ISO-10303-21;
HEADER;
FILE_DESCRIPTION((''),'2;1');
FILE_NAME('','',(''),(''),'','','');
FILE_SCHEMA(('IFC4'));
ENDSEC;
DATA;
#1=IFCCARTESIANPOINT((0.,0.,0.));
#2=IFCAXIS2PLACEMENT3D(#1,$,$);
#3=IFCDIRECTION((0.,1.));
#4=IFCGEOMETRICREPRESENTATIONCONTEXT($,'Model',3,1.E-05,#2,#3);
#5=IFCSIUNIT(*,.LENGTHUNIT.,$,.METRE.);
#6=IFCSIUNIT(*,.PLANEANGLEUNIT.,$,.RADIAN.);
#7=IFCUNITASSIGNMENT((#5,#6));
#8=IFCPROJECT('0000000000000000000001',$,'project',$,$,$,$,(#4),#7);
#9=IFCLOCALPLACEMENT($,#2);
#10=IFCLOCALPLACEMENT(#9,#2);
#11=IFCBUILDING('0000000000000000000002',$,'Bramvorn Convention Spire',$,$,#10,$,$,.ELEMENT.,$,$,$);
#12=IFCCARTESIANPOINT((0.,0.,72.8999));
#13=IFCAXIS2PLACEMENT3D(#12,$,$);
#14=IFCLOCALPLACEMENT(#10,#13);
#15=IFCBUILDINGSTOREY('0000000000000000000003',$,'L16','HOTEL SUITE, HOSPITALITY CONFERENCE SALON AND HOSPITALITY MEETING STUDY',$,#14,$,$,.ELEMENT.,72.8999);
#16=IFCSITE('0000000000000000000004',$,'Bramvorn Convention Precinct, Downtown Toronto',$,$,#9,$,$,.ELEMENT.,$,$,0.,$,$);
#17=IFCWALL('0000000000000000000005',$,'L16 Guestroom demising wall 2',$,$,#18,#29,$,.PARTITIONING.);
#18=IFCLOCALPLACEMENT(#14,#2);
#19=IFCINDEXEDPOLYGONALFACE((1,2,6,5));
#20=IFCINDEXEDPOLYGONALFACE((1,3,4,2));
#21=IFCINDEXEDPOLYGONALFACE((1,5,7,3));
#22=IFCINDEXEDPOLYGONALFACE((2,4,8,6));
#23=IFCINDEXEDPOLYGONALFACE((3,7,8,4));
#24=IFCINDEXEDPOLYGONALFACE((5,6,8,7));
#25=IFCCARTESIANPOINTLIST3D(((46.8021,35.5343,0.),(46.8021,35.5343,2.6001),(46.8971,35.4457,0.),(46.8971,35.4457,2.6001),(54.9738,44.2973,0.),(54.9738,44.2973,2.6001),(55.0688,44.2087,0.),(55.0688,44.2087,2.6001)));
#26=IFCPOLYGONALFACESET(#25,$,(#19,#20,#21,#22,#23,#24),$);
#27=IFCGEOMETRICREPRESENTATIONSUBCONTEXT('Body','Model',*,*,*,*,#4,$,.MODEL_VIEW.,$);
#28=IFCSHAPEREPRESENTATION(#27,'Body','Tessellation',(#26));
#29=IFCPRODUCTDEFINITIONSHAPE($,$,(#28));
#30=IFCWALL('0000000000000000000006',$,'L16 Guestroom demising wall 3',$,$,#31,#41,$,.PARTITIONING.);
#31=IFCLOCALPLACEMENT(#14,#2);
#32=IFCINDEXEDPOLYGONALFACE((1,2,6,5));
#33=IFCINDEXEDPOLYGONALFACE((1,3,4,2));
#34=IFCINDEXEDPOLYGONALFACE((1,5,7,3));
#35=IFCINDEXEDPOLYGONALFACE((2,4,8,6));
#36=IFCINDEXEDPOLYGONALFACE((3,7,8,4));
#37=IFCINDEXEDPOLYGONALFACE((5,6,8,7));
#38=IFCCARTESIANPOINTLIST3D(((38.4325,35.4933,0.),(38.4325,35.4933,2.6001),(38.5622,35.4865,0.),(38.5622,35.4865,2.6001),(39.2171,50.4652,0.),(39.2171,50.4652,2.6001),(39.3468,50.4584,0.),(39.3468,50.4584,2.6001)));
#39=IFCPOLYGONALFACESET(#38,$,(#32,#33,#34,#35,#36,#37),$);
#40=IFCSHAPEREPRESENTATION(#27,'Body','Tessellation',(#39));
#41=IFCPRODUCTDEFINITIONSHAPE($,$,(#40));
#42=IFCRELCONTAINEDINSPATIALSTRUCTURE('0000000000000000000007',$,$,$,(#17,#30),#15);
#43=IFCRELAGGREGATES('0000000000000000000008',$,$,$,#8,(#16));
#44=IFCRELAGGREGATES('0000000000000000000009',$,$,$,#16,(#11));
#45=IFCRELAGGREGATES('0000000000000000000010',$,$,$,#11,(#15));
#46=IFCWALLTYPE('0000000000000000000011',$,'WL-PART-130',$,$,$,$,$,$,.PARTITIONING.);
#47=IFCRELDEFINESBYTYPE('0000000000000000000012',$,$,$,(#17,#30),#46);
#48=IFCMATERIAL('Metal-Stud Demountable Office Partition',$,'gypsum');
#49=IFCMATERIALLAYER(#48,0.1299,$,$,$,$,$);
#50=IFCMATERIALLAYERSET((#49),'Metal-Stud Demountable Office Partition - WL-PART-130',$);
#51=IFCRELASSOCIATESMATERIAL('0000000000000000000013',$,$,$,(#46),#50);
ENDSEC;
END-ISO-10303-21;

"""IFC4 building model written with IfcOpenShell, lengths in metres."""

from ifc_helpers import new_model, si_unit, direction, frame, frame_2d, origin, place, context, subcontext, project, spatial, rectangle, extrude, material, layer, layer_set, type_object, element, save


model = new_model("IFC4")

# Units and contexts
model_context = context("Model", 3, precision=1e-05, world=origin(), true_north=direction((0.0, 1.0)))
body_context = subcontext(model_context, "Body", "Model", "MODEL_VIEW")
ifc_project = project(units=[si_unit("LENGTHUNIT", "METRE"), si_unit("PLANEANGLEUNIT", "RADIAN")], contexts=[model_context])

# Site, building, storey
site_placement = place(None, origin())
site = spatial("IfcSite", under=ifc_project, at=site_placement, Name="Bramvorn Convention Precinct, Downtown Toronto", CompositionType="ELEMENT", RefElevation=0.0)
building_placement = place(site_placement, origin())
building = spatial("IfcBuilding", under=site, at=building_placement, Name="Bramvorn Convention Spire", CompositionType="ELEMENT")
storey_placement = place(building_placement, frame((0.0, 0.0, 72.8999)))
storey = spatial("IfcBuildingStorey", under=building, at=storey_placement, Name="L16", Description="HOTEL SUITE, HOSPITALITY CONFERENCE SALON AND HOSPITALITY MEETING STUDY", CompositionType="ELEMENT", Elevation=72.8999)

# Walls
ifc_material_1 = material(Name="Metal-Stud Demountable Office Partition", Category="gypsum")
ifc_layer_1 = layer(ifc_material_1, 0.1299)
ifc_layer_set_1 = layer_set([ifc_layer_1], Name="Metal-Stud Demountable Office Partition - WL-PART-130")
wall_type_1 = type_object("IfcWallType", Name="WL-PART-130", PredefinedType="PARTITIONING", material=ifc_layer_set_1)
wall_1_placement = place(storey_placement, frame((46.8496, 35.49, 0.0), z_axis=(0.0, 0.0, 1.0), x_axis=(0.682001, 0.731351, 0.0)))
element("IfcWall", 1, at=wall_1_placement, inside=storey, type_object=wall_type_1, Name="L16 Guestroom demising wall 2", PredefinedType="PARTITIONING", context=body_context, shape_type="SweptSolid", body=[
    extrude(rectangle(XDim=11.9819, YDim=0.1299, at=frame_2d((5.991, 0.0))), origin(), (0.0, 0.0, 1.0), 2.6001),
])
wall_2_placement = place(storey_placement, frame((38.4973, 35.49, 0.0), z_axis=(0.0, 0.0, 1.0), x_axis=(0.052337, 0.998629, 0.0)))
element("IfcWall", 2, at=wall_2_placement, inside=storey, type_object=wall_type_1, Name="L16 Guestroom demising wall 3", PredefinedType="PARTITIONING", context=body_context, shape_type="SweptSolid", body=[
    extrude(rectangle(XDim=14.9924, YDim=0.1299, at=frame_2d((7.4961, 0.0))), origin(), (0.0, 0.0, 1.0), 2.6001),
])

save(model, "model.ifc")
